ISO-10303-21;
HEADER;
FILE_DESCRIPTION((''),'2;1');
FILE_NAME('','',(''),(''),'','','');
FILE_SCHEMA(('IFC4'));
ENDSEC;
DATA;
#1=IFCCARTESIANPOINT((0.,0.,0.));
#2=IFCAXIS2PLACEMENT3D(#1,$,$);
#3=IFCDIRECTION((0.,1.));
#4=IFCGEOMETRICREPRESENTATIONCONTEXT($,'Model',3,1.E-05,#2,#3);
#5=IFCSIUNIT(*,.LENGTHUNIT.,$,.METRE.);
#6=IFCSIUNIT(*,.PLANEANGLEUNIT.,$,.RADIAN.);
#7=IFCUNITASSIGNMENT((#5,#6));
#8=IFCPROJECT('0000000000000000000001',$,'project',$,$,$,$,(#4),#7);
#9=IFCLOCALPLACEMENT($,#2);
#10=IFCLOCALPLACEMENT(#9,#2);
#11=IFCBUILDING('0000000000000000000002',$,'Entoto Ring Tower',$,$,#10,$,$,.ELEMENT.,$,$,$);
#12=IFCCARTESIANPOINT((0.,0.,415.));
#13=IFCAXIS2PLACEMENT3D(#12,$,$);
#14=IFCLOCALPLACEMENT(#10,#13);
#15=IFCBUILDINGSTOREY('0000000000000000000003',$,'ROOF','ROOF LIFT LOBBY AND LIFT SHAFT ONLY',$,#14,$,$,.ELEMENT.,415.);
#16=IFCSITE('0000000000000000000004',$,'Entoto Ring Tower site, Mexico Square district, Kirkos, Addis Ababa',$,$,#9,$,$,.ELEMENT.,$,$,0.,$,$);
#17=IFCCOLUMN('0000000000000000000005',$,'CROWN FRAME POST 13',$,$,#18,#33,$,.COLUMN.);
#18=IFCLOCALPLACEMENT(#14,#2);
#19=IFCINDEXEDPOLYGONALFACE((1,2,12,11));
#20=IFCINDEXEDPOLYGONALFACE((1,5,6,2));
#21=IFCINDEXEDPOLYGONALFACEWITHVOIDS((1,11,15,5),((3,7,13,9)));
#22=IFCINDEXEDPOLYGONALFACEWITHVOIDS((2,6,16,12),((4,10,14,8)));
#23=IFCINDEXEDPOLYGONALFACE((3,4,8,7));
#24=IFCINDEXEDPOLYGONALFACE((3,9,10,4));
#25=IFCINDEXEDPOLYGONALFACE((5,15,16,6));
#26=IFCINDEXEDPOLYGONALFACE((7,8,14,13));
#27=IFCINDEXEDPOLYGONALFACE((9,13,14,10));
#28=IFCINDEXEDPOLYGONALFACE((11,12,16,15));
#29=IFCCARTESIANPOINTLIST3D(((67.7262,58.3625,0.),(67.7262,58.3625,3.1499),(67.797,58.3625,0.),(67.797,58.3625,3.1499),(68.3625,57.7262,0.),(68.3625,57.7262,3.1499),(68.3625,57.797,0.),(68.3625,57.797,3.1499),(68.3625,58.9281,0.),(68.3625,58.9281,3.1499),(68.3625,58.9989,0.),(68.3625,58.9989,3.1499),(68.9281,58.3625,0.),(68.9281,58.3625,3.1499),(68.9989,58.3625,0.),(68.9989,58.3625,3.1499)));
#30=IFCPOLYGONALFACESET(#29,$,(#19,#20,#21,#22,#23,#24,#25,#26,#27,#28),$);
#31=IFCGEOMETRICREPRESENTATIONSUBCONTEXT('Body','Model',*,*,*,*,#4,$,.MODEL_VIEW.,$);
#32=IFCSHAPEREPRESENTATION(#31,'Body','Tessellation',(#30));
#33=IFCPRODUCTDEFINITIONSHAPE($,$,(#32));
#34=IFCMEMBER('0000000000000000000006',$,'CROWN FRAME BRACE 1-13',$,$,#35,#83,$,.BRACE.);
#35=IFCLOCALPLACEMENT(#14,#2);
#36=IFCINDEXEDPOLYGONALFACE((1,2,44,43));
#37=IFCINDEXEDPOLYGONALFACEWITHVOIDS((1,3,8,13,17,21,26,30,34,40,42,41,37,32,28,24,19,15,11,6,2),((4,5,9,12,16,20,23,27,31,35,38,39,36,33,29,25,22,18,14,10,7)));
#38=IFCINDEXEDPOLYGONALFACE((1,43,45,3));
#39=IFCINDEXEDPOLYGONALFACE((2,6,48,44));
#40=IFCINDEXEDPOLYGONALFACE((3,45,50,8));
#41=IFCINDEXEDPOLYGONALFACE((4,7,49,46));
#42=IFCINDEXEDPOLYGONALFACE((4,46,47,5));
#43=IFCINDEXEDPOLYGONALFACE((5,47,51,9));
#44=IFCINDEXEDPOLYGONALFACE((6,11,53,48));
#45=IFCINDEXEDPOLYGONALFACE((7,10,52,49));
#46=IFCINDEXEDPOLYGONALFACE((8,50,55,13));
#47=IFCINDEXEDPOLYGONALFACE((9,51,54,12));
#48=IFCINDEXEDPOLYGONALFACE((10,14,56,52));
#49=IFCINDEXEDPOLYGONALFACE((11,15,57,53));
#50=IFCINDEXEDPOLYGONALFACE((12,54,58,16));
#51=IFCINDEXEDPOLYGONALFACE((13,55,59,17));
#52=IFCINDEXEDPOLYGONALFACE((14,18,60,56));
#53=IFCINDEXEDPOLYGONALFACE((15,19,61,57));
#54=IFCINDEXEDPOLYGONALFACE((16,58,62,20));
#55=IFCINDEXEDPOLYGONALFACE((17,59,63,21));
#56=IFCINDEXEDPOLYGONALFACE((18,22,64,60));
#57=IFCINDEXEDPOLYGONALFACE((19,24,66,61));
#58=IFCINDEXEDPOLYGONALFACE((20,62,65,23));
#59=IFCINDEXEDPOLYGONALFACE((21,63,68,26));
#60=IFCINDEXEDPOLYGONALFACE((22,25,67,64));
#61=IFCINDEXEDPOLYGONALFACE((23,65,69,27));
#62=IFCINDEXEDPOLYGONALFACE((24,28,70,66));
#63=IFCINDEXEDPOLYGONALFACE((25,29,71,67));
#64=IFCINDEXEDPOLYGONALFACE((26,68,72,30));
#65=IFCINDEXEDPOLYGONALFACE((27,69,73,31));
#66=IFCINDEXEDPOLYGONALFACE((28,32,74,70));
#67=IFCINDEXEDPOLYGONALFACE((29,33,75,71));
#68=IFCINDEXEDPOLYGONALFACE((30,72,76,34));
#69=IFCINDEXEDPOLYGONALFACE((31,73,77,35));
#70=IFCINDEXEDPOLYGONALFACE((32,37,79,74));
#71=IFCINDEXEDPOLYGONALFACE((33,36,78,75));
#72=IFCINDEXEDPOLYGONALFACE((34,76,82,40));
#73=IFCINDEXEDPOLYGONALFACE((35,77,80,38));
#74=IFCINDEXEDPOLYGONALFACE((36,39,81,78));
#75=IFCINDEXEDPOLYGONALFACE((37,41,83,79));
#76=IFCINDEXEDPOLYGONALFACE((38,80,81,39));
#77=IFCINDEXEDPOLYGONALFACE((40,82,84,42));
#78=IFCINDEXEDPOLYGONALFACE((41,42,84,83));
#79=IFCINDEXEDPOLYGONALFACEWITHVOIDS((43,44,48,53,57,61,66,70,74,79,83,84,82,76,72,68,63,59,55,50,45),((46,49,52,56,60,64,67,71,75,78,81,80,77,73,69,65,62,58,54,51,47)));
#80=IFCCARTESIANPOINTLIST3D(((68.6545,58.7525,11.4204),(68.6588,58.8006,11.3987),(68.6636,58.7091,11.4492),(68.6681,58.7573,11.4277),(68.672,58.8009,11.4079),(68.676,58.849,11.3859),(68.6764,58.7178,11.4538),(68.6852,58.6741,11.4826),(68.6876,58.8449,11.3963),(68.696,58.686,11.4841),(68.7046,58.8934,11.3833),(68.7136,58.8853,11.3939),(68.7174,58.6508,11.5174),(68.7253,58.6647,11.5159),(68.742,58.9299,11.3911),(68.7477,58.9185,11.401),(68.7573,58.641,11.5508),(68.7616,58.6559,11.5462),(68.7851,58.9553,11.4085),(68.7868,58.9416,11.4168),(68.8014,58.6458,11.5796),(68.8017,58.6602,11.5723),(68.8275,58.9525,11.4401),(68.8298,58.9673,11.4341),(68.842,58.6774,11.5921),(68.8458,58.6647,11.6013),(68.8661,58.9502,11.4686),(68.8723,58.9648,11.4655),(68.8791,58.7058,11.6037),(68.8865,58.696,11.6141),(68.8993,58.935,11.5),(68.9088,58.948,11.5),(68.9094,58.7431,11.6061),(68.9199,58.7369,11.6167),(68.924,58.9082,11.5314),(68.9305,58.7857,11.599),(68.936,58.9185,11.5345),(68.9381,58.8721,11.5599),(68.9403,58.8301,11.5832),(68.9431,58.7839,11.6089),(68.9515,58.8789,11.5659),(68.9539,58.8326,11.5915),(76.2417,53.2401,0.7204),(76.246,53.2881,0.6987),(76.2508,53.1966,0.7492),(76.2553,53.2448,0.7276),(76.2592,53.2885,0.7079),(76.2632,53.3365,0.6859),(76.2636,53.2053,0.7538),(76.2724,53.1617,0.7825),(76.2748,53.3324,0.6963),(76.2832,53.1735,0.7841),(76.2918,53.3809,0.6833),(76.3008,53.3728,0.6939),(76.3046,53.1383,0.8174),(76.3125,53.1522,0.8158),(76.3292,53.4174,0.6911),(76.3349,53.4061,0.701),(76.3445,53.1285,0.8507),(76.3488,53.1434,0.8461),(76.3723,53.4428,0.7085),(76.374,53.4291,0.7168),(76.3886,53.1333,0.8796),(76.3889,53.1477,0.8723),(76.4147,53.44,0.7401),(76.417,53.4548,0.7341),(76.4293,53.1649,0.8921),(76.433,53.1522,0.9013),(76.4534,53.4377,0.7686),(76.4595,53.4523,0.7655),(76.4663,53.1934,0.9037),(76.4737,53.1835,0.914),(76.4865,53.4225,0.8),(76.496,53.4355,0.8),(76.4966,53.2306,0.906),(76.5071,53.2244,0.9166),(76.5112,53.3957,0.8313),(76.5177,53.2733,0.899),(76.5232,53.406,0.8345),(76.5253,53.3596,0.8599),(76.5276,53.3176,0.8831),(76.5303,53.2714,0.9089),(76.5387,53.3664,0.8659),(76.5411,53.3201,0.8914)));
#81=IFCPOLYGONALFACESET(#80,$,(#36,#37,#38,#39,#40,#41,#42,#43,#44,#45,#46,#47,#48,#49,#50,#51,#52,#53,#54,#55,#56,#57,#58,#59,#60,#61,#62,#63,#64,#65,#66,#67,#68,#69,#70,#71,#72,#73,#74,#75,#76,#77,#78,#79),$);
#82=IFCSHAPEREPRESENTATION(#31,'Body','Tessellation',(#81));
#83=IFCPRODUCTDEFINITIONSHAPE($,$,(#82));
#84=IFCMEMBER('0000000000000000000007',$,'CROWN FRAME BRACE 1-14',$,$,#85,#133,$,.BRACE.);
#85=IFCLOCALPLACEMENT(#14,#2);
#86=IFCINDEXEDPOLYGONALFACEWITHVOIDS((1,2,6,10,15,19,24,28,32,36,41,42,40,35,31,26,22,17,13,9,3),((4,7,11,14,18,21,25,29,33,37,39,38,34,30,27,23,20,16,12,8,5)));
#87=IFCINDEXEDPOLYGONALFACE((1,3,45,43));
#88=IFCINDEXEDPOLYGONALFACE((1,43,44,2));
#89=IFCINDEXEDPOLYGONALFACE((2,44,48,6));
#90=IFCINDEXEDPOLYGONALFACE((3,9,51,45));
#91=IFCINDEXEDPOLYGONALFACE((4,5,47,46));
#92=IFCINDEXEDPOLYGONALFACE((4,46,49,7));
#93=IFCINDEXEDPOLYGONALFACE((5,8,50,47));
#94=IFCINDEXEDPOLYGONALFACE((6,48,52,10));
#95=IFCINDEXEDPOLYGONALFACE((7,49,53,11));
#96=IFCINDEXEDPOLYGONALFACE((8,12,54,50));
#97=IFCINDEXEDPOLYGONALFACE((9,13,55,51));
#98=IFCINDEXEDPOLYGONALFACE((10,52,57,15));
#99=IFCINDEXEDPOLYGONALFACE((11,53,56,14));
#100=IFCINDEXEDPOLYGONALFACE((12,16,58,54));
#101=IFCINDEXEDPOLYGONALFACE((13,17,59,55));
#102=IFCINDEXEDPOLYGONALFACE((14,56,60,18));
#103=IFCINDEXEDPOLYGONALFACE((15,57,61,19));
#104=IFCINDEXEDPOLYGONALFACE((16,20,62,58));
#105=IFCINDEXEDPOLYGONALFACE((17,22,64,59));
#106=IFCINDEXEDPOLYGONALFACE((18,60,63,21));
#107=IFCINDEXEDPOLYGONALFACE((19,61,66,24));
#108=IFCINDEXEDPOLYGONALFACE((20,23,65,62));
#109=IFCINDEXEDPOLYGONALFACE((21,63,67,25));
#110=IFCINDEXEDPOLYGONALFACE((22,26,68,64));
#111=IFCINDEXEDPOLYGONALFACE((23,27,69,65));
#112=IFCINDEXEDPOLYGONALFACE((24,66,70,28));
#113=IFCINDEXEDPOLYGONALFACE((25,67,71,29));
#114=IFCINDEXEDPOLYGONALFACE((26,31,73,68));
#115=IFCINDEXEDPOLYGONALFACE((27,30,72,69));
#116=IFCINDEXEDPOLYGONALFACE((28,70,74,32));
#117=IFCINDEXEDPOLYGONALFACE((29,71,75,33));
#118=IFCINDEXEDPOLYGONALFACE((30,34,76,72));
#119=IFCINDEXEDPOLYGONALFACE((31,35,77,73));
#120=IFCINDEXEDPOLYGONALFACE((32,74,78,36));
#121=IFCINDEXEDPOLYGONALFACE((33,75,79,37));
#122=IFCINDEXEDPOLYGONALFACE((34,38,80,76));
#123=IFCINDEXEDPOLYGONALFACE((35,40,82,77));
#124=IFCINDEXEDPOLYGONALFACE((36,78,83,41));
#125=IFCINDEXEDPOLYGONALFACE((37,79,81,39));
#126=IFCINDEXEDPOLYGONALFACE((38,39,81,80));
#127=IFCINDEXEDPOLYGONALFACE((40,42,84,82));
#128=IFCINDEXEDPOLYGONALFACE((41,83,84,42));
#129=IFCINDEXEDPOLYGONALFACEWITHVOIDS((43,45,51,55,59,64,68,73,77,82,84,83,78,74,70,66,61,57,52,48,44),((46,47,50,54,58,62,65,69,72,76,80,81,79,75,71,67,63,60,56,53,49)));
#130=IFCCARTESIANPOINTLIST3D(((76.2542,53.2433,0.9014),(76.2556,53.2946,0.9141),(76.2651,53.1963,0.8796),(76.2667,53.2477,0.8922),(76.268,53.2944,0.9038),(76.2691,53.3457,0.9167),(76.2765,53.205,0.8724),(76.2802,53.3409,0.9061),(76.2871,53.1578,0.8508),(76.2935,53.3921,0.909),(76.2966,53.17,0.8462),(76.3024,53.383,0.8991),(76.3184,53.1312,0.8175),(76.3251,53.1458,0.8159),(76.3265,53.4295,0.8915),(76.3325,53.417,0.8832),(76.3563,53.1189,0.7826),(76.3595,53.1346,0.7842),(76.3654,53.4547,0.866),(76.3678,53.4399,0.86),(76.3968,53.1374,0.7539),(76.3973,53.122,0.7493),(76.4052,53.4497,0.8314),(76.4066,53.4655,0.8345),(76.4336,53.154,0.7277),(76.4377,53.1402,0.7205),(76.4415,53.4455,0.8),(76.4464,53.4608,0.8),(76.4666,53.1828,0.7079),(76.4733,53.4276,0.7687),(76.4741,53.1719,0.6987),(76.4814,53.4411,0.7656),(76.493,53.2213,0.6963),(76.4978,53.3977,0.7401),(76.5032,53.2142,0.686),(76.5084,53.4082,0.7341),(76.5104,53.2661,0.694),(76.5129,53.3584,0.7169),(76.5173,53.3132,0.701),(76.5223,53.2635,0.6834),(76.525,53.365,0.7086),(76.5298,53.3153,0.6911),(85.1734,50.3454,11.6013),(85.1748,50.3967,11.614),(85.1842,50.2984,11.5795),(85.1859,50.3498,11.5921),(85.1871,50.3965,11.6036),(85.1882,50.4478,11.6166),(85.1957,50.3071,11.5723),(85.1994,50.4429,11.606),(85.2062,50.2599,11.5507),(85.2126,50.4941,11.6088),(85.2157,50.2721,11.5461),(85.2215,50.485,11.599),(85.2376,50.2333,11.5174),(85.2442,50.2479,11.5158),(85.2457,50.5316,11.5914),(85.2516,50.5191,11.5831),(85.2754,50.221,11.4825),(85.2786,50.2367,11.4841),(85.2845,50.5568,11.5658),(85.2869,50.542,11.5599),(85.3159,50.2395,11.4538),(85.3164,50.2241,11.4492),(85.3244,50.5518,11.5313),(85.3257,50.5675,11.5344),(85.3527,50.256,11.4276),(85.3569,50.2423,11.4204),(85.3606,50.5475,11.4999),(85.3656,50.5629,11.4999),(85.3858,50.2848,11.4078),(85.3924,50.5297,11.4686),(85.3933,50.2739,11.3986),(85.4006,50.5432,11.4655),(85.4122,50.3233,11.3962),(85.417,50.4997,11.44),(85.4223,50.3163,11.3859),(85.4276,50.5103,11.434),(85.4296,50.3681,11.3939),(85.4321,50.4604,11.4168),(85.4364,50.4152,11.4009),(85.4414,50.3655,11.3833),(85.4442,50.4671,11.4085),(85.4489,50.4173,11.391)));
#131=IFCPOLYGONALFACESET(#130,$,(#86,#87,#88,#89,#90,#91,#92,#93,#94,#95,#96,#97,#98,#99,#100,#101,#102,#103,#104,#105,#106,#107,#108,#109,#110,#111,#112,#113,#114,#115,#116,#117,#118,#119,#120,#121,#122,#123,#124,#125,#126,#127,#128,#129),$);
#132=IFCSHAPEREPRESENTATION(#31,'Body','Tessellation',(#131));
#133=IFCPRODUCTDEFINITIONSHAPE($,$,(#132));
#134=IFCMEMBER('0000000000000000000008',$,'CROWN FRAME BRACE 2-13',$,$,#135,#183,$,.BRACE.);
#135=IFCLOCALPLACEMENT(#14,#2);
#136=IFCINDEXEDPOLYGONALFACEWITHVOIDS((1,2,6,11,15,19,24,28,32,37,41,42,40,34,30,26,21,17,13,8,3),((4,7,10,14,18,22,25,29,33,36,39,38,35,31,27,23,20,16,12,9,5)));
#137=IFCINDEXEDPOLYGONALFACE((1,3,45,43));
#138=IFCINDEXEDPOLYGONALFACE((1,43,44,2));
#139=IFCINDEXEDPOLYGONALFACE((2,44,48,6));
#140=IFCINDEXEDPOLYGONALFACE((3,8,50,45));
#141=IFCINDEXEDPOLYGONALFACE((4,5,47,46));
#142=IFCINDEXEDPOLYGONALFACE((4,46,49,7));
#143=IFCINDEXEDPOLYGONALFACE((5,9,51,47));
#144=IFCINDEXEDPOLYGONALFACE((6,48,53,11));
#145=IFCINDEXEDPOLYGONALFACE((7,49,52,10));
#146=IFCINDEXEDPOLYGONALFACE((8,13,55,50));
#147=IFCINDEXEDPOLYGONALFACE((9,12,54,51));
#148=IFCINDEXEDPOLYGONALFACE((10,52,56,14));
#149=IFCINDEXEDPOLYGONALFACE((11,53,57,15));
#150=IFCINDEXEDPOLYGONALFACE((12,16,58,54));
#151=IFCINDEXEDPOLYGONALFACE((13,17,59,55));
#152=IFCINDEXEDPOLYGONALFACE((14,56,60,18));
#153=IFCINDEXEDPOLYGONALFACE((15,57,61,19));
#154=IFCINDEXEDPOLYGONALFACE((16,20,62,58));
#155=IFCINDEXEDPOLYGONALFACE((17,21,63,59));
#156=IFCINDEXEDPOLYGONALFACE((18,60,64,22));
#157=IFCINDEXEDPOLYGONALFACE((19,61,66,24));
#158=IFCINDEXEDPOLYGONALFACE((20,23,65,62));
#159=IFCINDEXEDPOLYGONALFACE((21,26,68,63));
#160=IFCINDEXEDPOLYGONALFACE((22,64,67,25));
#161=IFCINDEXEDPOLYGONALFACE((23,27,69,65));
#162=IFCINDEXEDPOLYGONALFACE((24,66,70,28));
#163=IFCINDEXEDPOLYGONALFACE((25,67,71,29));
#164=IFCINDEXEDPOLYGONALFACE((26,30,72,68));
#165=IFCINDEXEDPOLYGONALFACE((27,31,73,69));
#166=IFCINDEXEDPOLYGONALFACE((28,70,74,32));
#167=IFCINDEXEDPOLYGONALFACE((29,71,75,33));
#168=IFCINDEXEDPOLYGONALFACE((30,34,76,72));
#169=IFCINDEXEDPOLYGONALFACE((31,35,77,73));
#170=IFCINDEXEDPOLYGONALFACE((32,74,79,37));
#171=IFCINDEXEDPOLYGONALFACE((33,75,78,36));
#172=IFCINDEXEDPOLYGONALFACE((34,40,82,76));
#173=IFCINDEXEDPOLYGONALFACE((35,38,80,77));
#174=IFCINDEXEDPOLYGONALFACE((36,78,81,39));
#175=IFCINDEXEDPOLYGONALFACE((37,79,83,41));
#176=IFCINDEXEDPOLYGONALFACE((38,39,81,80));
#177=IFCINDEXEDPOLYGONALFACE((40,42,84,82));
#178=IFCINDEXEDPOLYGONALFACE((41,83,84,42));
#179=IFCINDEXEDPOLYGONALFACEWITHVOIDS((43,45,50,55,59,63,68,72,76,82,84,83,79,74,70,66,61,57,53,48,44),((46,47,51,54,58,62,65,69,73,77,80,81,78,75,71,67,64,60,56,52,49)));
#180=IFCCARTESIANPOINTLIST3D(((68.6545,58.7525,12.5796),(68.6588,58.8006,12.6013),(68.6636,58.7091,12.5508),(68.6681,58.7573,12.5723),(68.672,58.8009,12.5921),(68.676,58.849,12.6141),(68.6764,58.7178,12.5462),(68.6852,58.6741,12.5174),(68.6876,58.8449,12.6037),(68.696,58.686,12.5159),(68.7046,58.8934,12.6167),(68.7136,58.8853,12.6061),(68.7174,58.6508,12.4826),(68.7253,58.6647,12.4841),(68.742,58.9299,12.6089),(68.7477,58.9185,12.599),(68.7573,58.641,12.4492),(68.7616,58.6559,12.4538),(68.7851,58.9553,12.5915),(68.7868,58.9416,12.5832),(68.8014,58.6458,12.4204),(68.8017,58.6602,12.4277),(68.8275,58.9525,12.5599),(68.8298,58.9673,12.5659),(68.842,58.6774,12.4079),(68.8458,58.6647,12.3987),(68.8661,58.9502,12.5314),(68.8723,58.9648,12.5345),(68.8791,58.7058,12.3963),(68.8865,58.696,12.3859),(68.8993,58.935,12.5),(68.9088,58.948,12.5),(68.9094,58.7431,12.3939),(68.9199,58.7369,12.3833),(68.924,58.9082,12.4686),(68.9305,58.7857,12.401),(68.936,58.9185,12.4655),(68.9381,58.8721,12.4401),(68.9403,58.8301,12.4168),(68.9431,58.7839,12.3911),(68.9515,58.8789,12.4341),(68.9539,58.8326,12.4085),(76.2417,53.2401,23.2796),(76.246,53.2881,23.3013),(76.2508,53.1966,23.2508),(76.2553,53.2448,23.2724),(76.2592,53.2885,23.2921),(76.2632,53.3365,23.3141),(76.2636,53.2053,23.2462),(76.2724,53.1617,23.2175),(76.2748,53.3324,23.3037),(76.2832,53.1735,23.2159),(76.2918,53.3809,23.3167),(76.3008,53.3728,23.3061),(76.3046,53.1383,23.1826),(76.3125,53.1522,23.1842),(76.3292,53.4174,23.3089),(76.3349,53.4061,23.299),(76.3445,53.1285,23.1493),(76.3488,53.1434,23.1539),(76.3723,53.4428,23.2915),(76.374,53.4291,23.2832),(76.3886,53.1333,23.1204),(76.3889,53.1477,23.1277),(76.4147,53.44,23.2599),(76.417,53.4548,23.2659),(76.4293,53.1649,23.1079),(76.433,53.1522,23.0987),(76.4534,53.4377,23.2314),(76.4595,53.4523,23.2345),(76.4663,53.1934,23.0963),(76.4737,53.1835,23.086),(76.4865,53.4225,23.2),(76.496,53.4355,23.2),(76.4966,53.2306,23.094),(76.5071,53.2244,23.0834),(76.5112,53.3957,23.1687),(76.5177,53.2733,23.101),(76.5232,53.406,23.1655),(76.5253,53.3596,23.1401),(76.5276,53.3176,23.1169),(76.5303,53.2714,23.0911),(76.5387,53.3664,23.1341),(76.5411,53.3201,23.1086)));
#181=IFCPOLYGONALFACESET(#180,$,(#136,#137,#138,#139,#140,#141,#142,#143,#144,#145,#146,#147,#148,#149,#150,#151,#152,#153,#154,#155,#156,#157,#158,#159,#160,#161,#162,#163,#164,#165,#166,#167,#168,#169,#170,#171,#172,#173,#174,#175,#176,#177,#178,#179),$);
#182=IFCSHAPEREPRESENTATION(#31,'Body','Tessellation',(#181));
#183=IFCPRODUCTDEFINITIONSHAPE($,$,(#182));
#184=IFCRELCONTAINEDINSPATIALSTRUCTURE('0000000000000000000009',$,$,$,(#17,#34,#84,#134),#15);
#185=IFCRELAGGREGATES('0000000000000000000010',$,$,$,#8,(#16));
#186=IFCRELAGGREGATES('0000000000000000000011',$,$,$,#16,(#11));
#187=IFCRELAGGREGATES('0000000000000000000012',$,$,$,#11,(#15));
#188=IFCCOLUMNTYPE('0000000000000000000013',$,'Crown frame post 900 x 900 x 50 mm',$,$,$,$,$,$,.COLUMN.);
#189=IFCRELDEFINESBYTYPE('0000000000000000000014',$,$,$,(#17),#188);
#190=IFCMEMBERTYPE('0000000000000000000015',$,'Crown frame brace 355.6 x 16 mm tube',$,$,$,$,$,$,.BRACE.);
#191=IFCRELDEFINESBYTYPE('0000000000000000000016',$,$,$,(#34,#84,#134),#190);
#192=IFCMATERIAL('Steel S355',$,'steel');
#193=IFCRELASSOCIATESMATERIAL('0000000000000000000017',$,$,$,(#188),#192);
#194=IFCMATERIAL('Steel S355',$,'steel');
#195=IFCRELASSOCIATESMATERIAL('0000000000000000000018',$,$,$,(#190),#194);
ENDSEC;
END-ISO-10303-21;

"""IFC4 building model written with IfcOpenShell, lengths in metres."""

from ifc_helpers import new_model, si_unit, direction, frame, origin, origin_2d, place, context, subcontext, project, spatial, hollow_rectangle, hollow_circle, extrude, material, material_profile, profile_set, type_object, element, save


model = new_model("IFC4")

# Units and contexts
model_context = context("Model", 3, precision=1e-05, world=origin(), true_north=direction((0.0, 1.0)))
body_context = subcontext(model_context, "Body", "Model", "MODEL_VIEW")
ifc_project = project(units=[si_unit("LENGTHUNIT", "METRE"), si_unit("PLANEANGLEUNIT", "RADIAN")], contexts=[model_context])

# Site, building, storey
site_placement = place(None, origin())
site = spatial("IfcSite", under=ifc_project, at=site_placement, Name="Entoto Ring Tower site, Mexico Square district, Kirkos, Addis Ababa", CompositionType="ELEMENT", RefElevation=0.0)
building_placement = place(site_placement, origin())
building = spatial("IfcBuilding", under=site, at=building_placement, Name="Entoto Ring Tower", CompositionType="ELEMENT")
storey_placement = place(building_placement, frame((0.0, 0.0, 415.0)))
storey = spatial("IfcBuildingStorey", under=building, at=storey_placement, Name="ROOF", Description="ROOF LIFT LOBBY AND LIFT SHAFT ONLY", CompositionType="ELEMENT", Elevation=415.0)

# Column
ifc_material_1 = material(Name="Steel S355", Category="steel")
ifc_material_profile_1 = material_profile(ifc_material_1, hollow_rectangle(XDim=0.8999, YDim=0.8999, WallThickness=0.05, at=origin_2d()), Name="Crown frame post 900 x 900 x 50 mm")
ifc_profile_set_1 = profile_set([ifc_material_profile_1], Name="Steel S355")
column_type = type_object("IfcColumnType", Name="Crown frame post 900 x 900 x 50 mm", PredefinedType="COLUMN", material=ifc_profile_set_1)
column_placement = place(storey_placement, frame((68.3625, 58.3625, 0.0), z_axis=(0.0, 0.0, 1.0), x_axis=(0.707107, -0.707107, 0.0)))
element("IfcColumn", 1, at=column_placement, inside=storey, type_object=column_type, Name="CROWN FRAME POST 13", PredefinedType="COLUMN", context=body_context, shape_type="SweptSolid", body=[
    extrude(hollow_rectangle(XDim=0.8999, YDim=0.8999, WallThickness=0.05, at=origin_2d()), origin(), (0.0, 0.0, 1.0), 3.1499),
])

# Members
ifc_material_2 = material(Name="Steel S355", Category="steel")
ifc_material_profile_2 = material_profile(ifc_material_2, hollow_circle(Radius=0.1775, WallThickness=0.0161, at=origin_2d()), Name="Crown frame brace 355.6 x 16 mm tube")
ifc_profile_set_2 = profile_set([ifc_material_profile_2], Name="Steel S355")
member_type_1 = type_object("IfcMemberType", Name="Crown frame brace 355.6 x 16 mm tube", PredefinedType="BRACE", material=ifc_profile_set_2)
member_1_placement = place(storey_placement, frame((68.8044, 58.8044, 11.5), z_axis=(0.533249, -0.387432, -0.752025), x_axis=(0.587789, 0.809014, 0.0)))
element("IfcMember", 2, at=member_1_placement, inside=storey, type_object=member_type_1, Name="CROWN FRAME BRACE 1-13", PredefinedType="BRACE", context=body_context, shape_type="SweptSolid", body=[
    extrude(hollow_circle(Radius=0.1775, WallThickness=0.0161, at=origin_2d()), origin(), (0.0, 0.0, 1.0), 14.2283),
])
member_2_placement = place(storey_placement, frame((76.3916, 53.292, 0.8), z_axis=(0.626871, -0.203678, 0.752029), x_axis=(0.30901, 0.951059, 0.0)))
element("IfcMember", 3, at=member_2_placement, inside=storey, type_object=member_type_1, Name="CROWN FRAME BRACE 1-14", PredefinedType="BRACE", context=body_context, shape_type="SweptSolid", body=[
    extrude(hollow_circle(Radius=0.1775, WallThickness=0.0161, at=origin_2d()), origin(), (0.0, 0.0, 1.0), 14.228),
])
member_3_placement = place(storey_placement, frame((68.8044, 58.8044, 12.5), z_axis=(0.533249, -0.387432, 0.752025), x_axis=(0.587789, 0.809014, 0.0)))
element("IfcMember", 4, at=member_3_placement, inside=storey, type_object=member_type_1, Name="CROWN FRAME BRACE 2-13", PredefinedType="BRACE", context=body_context, shape_type="SweptSolid", body=[
    extrude(hollow_circle(Radius=0.1775, WallThickness=0.0161, at=origin_2d()), origin(), (0.0, 0.0, 1.0), 14.2283),
])

save(model, "model.ifc")
